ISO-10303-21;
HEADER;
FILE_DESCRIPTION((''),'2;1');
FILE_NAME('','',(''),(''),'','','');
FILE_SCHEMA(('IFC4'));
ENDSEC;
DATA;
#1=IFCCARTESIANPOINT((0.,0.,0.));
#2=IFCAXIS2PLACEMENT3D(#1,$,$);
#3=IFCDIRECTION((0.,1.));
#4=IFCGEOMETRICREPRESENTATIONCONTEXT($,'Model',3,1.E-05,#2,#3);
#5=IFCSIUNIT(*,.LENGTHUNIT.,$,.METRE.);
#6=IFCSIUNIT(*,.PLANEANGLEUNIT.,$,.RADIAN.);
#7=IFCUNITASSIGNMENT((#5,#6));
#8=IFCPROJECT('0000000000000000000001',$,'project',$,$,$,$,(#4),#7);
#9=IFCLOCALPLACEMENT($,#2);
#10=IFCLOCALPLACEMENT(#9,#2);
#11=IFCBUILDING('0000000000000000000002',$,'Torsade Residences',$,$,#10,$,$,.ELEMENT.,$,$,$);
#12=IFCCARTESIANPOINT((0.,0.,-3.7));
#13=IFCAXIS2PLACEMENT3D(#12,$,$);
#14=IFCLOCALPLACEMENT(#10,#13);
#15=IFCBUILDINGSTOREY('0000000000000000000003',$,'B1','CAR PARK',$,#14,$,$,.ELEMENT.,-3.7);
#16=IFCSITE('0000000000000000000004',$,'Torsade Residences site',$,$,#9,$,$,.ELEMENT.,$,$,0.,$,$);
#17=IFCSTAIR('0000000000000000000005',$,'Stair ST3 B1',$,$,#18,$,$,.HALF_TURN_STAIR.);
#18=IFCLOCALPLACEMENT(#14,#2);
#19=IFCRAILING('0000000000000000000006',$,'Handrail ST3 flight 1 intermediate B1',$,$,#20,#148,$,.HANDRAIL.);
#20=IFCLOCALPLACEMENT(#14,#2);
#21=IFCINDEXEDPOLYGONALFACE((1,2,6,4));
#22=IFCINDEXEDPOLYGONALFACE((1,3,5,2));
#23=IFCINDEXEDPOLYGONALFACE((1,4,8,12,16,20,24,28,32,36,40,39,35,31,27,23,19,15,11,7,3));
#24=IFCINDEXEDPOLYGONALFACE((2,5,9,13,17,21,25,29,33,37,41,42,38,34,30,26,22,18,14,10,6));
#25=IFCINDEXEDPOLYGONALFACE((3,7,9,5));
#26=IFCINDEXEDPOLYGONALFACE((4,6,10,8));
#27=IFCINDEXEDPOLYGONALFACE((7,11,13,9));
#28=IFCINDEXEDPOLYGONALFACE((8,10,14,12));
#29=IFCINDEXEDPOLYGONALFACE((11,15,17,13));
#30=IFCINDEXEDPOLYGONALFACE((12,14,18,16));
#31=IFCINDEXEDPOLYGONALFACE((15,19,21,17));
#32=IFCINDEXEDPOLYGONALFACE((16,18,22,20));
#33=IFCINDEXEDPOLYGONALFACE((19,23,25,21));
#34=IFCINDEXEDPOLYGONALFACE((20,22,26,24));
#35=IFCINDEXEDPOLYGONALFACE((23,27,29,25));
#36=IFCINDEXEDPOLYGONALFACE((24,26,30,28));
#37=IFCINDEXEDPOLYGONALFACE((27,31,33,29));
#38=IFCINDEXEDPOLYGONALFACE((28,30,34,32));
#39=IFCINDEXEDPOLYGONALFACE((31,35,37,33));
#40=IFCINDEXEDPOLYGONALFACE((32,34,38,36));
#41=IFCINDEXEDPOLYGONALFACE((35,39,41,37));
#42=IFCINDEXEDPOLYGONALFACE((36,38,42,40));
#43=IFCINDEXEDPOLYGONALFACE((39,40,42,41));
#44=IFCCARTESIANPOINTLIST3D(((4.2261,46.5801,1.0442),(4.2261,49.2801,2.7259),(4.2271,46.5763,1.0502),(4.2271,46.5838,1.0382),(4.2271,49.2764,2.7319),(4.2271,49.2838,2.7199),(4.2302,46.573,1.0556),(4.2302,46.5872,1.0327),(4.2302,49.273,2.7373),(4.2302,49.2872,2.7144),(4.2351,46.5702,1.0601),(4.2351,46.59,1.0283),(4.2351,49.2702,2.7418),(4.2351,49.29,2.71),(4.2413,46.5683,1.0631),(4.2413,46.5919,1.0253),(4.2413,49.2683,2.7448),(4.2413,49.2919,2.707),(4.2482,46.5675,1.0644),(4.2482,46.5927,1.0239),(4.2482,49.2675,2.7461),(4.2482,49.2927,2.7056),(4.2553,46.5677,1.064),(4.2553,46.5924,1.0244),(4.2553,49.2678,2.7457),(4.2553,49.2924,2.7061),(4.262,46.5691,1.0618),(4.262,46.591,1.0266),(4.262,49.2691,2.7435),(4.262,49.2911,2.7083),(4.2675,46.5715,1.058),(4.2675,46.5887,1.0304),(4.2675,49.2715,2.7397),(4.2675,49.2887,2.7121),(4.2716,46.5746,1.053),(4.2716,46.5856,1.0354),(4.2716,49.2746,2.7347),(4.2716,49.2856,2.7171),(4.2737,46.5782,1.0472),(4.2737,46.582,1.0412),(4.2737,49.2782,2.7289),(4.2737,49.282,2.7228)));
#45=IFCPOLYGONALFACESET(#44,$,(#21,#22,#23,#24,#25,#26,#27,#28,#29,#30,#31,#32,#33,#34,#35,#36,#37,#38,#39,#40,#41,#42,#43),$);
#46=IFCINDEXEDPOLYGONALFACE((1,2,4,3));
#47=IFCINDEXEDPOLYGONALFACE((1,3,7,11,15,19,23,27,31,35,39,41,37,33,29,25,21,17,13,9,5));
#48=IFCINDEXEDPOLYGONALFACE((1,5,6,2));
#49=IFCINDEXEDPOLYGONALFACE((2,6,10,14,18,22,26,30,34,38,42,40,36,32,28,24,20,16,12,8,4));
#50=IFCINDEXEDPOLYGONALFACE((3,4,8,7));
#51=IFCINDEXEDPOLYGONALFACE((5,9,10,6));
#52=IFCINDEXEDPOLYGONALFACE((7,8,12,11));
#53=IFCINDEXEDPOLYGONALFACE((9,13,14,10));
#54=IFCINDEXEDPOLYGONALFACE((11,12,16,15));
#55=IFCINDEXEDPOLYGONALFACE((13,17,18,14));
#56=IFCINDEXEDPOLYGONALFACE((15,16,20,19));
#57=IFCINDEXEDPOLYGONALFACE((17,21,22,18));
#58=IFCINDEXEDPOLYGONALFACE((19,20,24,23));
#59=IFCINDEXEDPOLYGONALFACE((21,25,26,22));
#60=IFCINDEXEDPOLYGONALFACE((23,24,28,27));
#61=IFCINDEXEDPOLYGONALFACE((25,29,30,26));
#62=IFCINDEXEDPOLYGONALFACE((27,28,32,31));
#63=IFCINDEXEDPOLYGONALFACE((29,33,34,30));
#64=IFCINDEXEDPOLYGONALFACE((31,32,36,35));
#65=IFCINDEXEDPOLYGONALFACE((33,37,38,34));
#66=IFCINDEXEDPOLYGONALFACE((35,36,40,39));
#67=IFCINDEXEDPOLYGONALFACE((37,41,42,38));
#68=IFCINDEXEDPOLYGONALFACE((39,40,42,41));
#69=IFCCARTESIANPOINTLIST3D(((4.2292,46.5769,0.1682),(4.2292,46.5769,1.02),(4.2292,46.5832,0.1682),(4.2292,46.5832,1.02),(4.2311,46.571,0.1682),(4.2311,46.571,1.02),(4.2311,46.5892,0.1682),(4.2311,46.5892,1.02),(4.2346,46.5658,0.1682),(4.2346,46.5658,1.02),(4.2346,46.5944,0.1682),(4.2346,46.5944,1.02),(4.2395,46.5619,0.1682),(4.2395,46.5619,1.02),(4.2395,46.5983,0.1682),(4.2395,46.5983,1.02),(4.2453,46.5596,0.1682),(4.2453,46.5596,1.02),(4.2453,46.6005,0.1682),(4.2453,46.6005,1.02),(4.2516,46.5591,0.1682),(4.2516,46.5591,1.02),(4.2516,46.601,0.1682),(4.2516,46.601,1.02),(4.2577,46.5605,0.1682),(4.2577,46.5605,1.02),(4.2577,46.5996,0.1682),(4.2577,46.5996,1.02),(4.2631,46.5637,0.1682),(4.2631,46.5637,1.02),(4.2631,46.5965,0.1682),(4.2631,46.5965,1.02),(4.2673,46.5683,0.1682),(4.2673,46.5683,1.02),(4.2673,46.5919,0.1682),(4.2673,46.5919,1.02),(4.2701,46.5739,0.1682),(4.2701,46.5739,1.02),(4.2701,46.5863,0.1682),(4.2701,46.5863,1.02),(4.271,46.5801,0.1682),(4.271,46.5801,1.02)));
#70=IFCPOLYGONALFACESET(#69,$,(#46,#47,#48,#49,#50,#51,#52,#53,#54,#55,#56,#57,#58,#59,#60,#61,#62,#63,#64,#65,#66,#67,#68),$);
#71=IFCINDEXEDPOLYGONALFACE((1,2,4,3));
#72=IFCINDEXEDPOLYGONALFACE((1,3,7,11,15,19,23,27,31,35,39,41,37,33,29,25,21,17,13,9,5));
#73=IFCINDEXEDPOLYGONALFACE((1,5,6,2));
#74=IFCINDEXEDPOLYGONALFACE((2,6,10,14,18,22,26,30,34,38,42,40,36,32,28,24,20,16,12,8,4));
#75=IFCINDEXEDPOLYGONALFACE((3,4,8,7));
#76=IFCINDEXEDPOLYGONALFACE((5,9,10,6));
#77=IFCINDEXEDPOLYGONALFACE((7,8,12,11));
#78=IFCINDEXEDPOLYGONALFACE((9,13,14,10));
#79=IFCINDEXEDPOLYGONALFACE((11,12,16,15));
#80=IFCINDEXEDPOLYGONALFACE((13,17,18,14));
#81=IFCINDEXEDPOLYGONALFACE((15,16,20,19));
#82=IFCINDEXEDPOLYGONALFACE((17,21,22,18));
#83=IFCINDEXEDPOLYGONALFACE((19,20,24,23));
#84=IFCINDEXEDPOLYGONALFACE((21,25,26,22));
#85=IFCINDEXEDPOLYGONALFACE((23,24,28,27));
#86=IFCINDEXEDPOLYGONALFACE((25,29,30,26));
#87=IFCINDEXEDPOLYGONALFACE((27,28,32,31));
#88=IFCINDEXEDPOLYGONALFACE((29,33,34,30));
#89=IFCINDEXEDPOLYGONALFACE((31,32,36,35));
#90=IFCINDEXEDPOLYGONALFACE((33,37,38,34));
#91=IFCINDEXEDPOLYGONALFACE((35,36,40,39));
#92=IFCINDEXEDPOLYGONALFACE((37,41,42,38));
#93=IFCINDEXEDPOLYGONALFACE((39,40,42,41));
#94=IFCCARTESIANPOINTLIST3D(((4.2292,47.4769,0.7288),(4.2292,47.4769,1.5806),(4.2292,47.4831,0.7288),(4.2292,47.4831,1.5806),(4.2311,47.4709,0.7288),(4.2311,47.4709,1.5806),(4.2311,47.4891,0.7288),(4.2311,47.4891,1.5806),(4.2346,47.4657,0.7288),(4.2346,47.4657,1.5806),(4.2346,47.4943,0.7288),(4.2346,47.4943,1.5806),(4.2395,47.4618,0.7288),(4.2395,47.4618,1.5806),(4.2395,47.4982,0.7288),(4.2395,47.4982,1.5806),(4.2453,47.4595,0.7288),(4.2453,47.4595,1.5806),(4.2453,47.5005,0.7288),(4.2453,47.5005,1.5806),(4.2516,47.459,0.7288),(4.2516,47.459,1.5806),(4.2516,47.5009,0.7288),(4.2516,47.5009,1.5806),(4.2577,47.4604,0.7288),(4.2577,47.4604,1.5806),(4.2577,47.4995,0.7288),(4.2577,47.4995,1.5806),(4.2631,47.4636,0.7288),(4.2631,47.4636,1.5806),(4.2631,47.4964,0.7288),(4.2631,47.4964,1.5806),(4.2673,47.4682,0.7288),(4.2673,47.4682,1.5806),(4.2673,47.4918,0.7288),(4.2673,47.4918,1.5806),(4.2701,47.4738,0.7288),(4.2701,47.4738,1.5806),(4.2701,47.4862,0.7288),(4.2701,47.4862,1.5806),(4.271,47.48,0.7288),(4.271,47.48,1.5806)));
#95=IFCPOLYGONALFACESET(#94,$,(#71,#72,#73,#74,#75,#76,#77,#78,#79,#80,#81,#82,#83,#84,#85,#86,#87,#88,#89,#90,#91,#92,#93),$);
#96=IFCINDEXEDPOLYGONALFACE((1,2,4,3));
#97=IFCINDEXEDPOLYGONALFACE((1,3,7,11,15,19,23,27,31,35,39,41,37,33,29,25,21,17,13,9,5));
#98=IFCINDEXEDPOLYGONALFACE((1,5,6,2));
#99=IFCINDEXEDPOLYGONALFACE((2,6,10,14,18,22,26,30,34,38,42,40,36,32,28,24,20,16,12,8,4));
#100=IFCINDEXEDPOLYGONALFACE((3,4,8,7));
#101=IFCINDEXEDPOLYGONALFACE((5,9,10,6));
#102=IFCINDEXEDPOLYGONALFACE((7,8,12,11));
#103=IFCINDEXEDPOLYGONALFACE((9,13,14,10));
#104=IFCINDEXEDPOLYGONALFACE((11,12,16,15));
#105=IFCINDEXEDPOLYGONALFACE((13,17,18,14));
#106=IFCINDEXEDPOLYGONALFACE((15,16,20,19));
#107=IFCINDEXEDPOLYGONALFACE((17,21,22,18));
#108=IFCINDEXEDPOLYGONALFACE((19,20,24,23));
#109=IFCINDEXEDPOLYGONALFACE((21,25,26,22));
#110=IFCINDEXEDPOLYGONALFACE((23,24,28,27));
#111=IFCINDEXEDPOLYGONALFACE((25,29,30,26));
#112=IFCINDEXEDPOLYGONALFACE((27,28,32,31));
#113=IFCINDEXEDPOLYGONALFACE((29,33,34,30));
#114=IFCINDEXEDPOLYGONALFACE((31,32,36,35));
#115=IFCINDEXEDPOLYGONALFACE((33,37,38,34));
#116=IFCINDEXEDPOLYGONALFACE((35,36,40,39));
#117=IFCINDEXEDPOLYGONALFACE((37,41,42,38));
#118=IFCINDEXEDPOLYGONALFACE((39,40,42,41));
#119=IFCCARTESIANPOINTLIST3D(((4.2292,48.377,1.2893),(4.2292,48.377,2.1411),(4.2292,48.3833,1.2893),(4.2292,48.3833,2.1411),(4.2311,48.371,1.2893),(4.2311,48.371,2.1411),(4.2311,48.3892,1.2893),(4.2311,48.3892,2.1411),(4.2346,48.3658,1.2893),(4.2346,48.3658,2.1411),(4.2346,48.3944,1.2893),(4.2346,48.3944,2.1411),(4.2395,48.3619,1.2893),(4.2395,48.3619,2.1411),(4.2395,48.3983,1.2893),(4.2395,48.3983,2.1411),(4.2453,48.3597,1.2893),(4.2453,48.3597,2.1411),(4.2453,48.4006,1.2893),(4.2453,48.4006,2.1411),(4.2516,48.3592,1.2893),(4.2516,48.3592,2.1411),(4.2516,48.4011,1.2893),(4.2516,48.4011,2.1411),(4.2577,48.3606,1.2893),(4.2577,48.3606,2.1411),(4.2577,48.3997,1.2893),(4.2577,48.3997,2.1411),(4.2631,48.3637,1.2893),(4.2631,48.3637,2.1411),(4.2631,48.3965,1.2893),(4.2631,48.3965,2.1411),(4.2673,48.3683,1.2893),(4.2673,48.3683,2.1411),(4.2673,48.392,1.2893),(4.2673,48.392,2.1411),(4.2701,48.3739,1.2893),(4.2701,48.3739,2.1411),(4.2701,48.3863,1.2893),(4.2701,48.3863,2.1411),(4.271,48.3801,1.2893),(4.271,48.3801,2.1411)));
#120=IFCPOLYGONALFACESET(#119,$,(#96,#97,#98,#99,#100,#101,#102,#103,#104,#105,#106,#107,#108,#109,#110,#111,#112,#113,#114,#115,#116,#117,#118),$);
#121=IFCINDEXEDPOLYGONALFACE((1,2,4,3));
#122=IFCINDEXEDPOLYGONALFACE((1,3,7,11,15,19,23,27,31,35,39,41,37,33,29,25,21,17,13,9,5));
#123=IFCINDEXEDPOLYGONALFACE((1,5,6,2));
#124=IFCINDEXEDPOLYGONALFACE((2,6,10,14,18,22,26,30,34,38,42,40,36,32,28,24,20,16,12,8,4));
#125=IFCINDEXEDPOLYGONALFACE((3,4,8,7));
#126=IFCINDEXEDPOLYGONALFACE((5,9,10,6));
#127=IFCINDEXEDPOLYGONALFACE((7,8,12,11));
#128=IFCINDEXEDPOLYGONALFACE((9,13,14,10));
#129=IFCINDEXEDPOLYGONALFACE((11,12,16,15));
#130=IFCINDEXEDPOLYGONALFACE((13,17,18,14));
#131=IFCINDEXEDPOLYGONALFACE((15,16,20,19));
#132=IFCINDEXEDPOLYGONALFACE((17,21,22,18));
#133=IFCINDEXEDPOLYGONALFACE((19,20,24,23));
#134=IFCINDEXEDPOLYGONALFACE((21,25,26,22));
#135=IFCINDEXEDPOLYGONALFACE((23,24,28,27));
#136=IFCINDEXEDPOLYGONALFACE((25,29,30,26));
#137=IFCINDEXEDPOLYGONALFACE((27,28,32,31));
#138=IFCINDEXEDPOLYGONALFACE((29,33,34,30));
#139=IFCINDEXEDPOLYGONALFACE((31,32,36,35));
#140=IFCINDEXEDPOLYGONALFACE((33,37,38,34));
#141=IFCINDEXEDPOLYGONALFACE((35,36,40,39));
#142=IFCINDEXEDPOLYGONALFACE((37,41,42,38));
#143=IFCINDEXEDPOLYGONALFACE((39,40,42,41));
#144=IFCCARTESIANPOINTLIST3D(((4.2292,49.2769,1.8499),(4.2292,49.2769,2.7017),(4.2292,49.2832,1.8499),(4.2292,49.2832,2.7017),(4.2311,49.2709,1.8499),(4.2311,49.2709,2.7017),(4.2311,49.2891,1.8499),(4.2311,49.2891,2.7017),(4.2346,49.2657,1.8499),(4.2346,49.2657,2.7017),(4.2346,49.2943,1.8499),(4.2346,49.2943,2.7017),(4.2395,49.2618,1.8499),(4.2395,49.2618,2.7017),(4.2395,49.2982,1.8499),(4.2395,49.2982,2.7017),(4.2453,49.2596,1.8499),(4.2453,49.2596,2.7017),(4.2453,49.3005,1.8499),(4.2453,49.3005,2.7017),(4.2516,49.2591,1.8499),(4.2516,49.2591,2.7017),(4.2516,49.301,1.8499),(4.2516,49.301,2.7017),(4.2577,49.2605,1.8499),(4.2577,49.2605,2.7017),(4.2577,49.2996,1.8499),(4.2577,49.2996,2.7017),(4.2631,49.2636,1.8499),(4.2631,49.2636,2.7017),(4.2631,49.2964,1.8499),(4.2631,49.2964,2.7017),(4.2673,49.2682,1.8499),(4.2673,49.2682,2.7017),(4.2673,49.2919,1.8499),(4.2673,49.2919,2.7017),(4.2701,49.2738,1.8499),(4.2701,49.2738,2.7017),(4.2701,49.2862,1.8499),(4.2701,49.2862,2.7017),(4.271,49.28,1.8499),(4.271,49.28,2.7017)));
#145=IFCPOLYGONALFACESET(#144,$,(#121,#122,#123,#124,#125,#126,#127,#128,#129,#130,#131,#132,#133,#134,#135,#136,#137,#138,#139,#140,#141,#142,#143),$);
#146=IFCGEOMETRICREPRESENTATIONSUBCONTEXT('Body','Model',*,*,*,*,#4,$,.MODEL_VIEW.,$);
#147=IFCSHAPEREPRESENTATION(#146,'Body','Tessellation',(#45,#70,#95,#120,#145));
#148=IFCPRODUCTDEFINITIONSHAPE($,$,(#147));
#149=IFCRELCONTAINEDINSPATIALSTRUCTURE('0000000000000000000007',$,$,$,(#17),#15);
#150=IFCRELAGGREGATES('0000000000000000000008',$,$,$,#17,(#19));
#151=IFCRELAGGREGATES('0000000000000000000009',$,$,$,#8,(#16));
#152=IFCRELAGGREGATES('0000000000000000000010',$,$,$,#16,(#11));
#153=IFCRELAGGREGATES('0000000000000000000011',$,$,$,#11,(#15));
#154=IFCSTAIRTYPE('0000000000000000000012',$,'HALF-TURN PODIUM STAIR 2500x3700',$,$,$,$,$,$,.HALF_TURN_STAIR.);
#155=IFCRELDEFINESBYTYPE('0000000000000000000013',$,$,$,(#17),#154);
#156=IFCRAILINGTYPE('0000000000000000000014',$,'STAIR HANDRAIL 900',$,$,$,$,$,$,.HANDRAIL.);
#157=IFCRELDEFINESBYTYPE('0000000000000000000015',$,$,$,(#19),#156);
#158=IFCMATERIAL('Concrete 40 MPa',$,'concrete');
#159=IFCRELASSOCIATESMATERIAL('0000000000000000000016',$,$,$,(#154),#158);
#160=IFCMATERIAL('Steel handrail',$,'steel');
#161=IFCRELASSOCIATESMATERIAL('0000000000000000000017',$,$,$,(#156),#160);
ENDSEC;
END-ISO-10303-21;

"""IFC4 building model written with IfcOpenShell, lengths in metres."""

from ifc_helpers import new_model, si_unit, direction, frame, origin, origin_2d, place, context, subcontext, project, spatial, circle, extrude, material, type_object, element, aggregate, save


model = new_model("IFC4")

# Units and contexts
model_context = context("Model", 3, precision=1e-05, world=origin(), true_north=direction((0.0, 1.0)))
body_context = subcontext(model_context, "Body", "Model", "MODEL_VIEW")
ifc_project = project(units=[si_unit("LENGTHUNIT", "METRE"), si_unit("PLANEANGLEUNIT", "RADIAN")], contexts=[model_context])

# Site, building, storey
site_placement = place(None, origin())
site = spatial("IfcSite", under=ifc_project, at=site_placement, Name="Torsade Residences site", CompositionType="ELEMENT", RefElevation=0.0)
building_placement = place(site_placement, origin())
building = spatial("IfcBuilding", under=site, at=building_placement, Name="Torsade Residences", CompositionType="ELEMENT")
storey_placement = place(building_placement, frame((0.0, 0.0, -3.7)))
storey = spatial("IfcBuildingStorey", under=building, at=storey_placement, Name="B1", Description="CAR PARK", CompositionType="ELEMENT", Elevation=-3.7)

# Stair, railing
ifc_material_1 = material(Name="Concrete 40 MPa", Category="concrete")
stair_type = type_object("IfcStairType", Name="HALF-TURN PODIUM STAIR 2500x3700", PredefinedType="HALF_TURN_STAIR", material=ifc_material_1)
stair_placement = place(storey_placement, origin())
stair = element("IfcStair", 1, at=stair_placement, inside=storey, type_object=stair_type, Name="Stair ST3 B1", PredefinedType="HALF_TURN_STAIR")
ifc_material_2 = material(Name="Steel handrail", Category="steel")
railing_type = type_object("IfcRailingType", Name="STAIR HANDRAIL 900", PredefinedType="HANDRAIL", material=ifc_material_2)
railing_1_placement = place(storey_placement, frame((4.25, 46.5801, 0.1682)))
railing_1 = element("IfcRailing", 2, at=railing_1_placement, type_object=railing_type, Name="Handrail ST3 flight 1 intermediate B1", PredefinedType="HANDRAIL", context=body_context, shape_type="SweptSolid", body=[
    extrude(circle(Radius=0.0239, at=origin_2d()), frame((0.0, 0.0, 0.876), z_axis=(0.0, 0.848821, 0.528681), x_axis=(-1.0, 0.0, 0.0)), (0.0, 0.0, 1.0), 3.1809),
    extrude(circle(Radius=0.021, at=origin_2d()), origin(), (0.0, 0.0, 1.0), 0.8518),
    extrude(circle(Radius=0.021, at=origin_2d()), frame((0.0, 0.8999, 0.5605)), (0.0, 0.0, 1.0), 0.8518),
    extrude(circle(Radius=0.021, at=origin_2d()), frame((0.0, 1.8, 1.1211)), (0.0, 0.0, 1.0), 0.8518),
    extrude(circle(Radius=0.021, at=origin_2d()), frame((0.0, 2.7, 1.6816)), (0.0, 0.0, 1.0), 0.8518),
])
aggregate(stair, [railing_1])

save(model, "model.ifc")
